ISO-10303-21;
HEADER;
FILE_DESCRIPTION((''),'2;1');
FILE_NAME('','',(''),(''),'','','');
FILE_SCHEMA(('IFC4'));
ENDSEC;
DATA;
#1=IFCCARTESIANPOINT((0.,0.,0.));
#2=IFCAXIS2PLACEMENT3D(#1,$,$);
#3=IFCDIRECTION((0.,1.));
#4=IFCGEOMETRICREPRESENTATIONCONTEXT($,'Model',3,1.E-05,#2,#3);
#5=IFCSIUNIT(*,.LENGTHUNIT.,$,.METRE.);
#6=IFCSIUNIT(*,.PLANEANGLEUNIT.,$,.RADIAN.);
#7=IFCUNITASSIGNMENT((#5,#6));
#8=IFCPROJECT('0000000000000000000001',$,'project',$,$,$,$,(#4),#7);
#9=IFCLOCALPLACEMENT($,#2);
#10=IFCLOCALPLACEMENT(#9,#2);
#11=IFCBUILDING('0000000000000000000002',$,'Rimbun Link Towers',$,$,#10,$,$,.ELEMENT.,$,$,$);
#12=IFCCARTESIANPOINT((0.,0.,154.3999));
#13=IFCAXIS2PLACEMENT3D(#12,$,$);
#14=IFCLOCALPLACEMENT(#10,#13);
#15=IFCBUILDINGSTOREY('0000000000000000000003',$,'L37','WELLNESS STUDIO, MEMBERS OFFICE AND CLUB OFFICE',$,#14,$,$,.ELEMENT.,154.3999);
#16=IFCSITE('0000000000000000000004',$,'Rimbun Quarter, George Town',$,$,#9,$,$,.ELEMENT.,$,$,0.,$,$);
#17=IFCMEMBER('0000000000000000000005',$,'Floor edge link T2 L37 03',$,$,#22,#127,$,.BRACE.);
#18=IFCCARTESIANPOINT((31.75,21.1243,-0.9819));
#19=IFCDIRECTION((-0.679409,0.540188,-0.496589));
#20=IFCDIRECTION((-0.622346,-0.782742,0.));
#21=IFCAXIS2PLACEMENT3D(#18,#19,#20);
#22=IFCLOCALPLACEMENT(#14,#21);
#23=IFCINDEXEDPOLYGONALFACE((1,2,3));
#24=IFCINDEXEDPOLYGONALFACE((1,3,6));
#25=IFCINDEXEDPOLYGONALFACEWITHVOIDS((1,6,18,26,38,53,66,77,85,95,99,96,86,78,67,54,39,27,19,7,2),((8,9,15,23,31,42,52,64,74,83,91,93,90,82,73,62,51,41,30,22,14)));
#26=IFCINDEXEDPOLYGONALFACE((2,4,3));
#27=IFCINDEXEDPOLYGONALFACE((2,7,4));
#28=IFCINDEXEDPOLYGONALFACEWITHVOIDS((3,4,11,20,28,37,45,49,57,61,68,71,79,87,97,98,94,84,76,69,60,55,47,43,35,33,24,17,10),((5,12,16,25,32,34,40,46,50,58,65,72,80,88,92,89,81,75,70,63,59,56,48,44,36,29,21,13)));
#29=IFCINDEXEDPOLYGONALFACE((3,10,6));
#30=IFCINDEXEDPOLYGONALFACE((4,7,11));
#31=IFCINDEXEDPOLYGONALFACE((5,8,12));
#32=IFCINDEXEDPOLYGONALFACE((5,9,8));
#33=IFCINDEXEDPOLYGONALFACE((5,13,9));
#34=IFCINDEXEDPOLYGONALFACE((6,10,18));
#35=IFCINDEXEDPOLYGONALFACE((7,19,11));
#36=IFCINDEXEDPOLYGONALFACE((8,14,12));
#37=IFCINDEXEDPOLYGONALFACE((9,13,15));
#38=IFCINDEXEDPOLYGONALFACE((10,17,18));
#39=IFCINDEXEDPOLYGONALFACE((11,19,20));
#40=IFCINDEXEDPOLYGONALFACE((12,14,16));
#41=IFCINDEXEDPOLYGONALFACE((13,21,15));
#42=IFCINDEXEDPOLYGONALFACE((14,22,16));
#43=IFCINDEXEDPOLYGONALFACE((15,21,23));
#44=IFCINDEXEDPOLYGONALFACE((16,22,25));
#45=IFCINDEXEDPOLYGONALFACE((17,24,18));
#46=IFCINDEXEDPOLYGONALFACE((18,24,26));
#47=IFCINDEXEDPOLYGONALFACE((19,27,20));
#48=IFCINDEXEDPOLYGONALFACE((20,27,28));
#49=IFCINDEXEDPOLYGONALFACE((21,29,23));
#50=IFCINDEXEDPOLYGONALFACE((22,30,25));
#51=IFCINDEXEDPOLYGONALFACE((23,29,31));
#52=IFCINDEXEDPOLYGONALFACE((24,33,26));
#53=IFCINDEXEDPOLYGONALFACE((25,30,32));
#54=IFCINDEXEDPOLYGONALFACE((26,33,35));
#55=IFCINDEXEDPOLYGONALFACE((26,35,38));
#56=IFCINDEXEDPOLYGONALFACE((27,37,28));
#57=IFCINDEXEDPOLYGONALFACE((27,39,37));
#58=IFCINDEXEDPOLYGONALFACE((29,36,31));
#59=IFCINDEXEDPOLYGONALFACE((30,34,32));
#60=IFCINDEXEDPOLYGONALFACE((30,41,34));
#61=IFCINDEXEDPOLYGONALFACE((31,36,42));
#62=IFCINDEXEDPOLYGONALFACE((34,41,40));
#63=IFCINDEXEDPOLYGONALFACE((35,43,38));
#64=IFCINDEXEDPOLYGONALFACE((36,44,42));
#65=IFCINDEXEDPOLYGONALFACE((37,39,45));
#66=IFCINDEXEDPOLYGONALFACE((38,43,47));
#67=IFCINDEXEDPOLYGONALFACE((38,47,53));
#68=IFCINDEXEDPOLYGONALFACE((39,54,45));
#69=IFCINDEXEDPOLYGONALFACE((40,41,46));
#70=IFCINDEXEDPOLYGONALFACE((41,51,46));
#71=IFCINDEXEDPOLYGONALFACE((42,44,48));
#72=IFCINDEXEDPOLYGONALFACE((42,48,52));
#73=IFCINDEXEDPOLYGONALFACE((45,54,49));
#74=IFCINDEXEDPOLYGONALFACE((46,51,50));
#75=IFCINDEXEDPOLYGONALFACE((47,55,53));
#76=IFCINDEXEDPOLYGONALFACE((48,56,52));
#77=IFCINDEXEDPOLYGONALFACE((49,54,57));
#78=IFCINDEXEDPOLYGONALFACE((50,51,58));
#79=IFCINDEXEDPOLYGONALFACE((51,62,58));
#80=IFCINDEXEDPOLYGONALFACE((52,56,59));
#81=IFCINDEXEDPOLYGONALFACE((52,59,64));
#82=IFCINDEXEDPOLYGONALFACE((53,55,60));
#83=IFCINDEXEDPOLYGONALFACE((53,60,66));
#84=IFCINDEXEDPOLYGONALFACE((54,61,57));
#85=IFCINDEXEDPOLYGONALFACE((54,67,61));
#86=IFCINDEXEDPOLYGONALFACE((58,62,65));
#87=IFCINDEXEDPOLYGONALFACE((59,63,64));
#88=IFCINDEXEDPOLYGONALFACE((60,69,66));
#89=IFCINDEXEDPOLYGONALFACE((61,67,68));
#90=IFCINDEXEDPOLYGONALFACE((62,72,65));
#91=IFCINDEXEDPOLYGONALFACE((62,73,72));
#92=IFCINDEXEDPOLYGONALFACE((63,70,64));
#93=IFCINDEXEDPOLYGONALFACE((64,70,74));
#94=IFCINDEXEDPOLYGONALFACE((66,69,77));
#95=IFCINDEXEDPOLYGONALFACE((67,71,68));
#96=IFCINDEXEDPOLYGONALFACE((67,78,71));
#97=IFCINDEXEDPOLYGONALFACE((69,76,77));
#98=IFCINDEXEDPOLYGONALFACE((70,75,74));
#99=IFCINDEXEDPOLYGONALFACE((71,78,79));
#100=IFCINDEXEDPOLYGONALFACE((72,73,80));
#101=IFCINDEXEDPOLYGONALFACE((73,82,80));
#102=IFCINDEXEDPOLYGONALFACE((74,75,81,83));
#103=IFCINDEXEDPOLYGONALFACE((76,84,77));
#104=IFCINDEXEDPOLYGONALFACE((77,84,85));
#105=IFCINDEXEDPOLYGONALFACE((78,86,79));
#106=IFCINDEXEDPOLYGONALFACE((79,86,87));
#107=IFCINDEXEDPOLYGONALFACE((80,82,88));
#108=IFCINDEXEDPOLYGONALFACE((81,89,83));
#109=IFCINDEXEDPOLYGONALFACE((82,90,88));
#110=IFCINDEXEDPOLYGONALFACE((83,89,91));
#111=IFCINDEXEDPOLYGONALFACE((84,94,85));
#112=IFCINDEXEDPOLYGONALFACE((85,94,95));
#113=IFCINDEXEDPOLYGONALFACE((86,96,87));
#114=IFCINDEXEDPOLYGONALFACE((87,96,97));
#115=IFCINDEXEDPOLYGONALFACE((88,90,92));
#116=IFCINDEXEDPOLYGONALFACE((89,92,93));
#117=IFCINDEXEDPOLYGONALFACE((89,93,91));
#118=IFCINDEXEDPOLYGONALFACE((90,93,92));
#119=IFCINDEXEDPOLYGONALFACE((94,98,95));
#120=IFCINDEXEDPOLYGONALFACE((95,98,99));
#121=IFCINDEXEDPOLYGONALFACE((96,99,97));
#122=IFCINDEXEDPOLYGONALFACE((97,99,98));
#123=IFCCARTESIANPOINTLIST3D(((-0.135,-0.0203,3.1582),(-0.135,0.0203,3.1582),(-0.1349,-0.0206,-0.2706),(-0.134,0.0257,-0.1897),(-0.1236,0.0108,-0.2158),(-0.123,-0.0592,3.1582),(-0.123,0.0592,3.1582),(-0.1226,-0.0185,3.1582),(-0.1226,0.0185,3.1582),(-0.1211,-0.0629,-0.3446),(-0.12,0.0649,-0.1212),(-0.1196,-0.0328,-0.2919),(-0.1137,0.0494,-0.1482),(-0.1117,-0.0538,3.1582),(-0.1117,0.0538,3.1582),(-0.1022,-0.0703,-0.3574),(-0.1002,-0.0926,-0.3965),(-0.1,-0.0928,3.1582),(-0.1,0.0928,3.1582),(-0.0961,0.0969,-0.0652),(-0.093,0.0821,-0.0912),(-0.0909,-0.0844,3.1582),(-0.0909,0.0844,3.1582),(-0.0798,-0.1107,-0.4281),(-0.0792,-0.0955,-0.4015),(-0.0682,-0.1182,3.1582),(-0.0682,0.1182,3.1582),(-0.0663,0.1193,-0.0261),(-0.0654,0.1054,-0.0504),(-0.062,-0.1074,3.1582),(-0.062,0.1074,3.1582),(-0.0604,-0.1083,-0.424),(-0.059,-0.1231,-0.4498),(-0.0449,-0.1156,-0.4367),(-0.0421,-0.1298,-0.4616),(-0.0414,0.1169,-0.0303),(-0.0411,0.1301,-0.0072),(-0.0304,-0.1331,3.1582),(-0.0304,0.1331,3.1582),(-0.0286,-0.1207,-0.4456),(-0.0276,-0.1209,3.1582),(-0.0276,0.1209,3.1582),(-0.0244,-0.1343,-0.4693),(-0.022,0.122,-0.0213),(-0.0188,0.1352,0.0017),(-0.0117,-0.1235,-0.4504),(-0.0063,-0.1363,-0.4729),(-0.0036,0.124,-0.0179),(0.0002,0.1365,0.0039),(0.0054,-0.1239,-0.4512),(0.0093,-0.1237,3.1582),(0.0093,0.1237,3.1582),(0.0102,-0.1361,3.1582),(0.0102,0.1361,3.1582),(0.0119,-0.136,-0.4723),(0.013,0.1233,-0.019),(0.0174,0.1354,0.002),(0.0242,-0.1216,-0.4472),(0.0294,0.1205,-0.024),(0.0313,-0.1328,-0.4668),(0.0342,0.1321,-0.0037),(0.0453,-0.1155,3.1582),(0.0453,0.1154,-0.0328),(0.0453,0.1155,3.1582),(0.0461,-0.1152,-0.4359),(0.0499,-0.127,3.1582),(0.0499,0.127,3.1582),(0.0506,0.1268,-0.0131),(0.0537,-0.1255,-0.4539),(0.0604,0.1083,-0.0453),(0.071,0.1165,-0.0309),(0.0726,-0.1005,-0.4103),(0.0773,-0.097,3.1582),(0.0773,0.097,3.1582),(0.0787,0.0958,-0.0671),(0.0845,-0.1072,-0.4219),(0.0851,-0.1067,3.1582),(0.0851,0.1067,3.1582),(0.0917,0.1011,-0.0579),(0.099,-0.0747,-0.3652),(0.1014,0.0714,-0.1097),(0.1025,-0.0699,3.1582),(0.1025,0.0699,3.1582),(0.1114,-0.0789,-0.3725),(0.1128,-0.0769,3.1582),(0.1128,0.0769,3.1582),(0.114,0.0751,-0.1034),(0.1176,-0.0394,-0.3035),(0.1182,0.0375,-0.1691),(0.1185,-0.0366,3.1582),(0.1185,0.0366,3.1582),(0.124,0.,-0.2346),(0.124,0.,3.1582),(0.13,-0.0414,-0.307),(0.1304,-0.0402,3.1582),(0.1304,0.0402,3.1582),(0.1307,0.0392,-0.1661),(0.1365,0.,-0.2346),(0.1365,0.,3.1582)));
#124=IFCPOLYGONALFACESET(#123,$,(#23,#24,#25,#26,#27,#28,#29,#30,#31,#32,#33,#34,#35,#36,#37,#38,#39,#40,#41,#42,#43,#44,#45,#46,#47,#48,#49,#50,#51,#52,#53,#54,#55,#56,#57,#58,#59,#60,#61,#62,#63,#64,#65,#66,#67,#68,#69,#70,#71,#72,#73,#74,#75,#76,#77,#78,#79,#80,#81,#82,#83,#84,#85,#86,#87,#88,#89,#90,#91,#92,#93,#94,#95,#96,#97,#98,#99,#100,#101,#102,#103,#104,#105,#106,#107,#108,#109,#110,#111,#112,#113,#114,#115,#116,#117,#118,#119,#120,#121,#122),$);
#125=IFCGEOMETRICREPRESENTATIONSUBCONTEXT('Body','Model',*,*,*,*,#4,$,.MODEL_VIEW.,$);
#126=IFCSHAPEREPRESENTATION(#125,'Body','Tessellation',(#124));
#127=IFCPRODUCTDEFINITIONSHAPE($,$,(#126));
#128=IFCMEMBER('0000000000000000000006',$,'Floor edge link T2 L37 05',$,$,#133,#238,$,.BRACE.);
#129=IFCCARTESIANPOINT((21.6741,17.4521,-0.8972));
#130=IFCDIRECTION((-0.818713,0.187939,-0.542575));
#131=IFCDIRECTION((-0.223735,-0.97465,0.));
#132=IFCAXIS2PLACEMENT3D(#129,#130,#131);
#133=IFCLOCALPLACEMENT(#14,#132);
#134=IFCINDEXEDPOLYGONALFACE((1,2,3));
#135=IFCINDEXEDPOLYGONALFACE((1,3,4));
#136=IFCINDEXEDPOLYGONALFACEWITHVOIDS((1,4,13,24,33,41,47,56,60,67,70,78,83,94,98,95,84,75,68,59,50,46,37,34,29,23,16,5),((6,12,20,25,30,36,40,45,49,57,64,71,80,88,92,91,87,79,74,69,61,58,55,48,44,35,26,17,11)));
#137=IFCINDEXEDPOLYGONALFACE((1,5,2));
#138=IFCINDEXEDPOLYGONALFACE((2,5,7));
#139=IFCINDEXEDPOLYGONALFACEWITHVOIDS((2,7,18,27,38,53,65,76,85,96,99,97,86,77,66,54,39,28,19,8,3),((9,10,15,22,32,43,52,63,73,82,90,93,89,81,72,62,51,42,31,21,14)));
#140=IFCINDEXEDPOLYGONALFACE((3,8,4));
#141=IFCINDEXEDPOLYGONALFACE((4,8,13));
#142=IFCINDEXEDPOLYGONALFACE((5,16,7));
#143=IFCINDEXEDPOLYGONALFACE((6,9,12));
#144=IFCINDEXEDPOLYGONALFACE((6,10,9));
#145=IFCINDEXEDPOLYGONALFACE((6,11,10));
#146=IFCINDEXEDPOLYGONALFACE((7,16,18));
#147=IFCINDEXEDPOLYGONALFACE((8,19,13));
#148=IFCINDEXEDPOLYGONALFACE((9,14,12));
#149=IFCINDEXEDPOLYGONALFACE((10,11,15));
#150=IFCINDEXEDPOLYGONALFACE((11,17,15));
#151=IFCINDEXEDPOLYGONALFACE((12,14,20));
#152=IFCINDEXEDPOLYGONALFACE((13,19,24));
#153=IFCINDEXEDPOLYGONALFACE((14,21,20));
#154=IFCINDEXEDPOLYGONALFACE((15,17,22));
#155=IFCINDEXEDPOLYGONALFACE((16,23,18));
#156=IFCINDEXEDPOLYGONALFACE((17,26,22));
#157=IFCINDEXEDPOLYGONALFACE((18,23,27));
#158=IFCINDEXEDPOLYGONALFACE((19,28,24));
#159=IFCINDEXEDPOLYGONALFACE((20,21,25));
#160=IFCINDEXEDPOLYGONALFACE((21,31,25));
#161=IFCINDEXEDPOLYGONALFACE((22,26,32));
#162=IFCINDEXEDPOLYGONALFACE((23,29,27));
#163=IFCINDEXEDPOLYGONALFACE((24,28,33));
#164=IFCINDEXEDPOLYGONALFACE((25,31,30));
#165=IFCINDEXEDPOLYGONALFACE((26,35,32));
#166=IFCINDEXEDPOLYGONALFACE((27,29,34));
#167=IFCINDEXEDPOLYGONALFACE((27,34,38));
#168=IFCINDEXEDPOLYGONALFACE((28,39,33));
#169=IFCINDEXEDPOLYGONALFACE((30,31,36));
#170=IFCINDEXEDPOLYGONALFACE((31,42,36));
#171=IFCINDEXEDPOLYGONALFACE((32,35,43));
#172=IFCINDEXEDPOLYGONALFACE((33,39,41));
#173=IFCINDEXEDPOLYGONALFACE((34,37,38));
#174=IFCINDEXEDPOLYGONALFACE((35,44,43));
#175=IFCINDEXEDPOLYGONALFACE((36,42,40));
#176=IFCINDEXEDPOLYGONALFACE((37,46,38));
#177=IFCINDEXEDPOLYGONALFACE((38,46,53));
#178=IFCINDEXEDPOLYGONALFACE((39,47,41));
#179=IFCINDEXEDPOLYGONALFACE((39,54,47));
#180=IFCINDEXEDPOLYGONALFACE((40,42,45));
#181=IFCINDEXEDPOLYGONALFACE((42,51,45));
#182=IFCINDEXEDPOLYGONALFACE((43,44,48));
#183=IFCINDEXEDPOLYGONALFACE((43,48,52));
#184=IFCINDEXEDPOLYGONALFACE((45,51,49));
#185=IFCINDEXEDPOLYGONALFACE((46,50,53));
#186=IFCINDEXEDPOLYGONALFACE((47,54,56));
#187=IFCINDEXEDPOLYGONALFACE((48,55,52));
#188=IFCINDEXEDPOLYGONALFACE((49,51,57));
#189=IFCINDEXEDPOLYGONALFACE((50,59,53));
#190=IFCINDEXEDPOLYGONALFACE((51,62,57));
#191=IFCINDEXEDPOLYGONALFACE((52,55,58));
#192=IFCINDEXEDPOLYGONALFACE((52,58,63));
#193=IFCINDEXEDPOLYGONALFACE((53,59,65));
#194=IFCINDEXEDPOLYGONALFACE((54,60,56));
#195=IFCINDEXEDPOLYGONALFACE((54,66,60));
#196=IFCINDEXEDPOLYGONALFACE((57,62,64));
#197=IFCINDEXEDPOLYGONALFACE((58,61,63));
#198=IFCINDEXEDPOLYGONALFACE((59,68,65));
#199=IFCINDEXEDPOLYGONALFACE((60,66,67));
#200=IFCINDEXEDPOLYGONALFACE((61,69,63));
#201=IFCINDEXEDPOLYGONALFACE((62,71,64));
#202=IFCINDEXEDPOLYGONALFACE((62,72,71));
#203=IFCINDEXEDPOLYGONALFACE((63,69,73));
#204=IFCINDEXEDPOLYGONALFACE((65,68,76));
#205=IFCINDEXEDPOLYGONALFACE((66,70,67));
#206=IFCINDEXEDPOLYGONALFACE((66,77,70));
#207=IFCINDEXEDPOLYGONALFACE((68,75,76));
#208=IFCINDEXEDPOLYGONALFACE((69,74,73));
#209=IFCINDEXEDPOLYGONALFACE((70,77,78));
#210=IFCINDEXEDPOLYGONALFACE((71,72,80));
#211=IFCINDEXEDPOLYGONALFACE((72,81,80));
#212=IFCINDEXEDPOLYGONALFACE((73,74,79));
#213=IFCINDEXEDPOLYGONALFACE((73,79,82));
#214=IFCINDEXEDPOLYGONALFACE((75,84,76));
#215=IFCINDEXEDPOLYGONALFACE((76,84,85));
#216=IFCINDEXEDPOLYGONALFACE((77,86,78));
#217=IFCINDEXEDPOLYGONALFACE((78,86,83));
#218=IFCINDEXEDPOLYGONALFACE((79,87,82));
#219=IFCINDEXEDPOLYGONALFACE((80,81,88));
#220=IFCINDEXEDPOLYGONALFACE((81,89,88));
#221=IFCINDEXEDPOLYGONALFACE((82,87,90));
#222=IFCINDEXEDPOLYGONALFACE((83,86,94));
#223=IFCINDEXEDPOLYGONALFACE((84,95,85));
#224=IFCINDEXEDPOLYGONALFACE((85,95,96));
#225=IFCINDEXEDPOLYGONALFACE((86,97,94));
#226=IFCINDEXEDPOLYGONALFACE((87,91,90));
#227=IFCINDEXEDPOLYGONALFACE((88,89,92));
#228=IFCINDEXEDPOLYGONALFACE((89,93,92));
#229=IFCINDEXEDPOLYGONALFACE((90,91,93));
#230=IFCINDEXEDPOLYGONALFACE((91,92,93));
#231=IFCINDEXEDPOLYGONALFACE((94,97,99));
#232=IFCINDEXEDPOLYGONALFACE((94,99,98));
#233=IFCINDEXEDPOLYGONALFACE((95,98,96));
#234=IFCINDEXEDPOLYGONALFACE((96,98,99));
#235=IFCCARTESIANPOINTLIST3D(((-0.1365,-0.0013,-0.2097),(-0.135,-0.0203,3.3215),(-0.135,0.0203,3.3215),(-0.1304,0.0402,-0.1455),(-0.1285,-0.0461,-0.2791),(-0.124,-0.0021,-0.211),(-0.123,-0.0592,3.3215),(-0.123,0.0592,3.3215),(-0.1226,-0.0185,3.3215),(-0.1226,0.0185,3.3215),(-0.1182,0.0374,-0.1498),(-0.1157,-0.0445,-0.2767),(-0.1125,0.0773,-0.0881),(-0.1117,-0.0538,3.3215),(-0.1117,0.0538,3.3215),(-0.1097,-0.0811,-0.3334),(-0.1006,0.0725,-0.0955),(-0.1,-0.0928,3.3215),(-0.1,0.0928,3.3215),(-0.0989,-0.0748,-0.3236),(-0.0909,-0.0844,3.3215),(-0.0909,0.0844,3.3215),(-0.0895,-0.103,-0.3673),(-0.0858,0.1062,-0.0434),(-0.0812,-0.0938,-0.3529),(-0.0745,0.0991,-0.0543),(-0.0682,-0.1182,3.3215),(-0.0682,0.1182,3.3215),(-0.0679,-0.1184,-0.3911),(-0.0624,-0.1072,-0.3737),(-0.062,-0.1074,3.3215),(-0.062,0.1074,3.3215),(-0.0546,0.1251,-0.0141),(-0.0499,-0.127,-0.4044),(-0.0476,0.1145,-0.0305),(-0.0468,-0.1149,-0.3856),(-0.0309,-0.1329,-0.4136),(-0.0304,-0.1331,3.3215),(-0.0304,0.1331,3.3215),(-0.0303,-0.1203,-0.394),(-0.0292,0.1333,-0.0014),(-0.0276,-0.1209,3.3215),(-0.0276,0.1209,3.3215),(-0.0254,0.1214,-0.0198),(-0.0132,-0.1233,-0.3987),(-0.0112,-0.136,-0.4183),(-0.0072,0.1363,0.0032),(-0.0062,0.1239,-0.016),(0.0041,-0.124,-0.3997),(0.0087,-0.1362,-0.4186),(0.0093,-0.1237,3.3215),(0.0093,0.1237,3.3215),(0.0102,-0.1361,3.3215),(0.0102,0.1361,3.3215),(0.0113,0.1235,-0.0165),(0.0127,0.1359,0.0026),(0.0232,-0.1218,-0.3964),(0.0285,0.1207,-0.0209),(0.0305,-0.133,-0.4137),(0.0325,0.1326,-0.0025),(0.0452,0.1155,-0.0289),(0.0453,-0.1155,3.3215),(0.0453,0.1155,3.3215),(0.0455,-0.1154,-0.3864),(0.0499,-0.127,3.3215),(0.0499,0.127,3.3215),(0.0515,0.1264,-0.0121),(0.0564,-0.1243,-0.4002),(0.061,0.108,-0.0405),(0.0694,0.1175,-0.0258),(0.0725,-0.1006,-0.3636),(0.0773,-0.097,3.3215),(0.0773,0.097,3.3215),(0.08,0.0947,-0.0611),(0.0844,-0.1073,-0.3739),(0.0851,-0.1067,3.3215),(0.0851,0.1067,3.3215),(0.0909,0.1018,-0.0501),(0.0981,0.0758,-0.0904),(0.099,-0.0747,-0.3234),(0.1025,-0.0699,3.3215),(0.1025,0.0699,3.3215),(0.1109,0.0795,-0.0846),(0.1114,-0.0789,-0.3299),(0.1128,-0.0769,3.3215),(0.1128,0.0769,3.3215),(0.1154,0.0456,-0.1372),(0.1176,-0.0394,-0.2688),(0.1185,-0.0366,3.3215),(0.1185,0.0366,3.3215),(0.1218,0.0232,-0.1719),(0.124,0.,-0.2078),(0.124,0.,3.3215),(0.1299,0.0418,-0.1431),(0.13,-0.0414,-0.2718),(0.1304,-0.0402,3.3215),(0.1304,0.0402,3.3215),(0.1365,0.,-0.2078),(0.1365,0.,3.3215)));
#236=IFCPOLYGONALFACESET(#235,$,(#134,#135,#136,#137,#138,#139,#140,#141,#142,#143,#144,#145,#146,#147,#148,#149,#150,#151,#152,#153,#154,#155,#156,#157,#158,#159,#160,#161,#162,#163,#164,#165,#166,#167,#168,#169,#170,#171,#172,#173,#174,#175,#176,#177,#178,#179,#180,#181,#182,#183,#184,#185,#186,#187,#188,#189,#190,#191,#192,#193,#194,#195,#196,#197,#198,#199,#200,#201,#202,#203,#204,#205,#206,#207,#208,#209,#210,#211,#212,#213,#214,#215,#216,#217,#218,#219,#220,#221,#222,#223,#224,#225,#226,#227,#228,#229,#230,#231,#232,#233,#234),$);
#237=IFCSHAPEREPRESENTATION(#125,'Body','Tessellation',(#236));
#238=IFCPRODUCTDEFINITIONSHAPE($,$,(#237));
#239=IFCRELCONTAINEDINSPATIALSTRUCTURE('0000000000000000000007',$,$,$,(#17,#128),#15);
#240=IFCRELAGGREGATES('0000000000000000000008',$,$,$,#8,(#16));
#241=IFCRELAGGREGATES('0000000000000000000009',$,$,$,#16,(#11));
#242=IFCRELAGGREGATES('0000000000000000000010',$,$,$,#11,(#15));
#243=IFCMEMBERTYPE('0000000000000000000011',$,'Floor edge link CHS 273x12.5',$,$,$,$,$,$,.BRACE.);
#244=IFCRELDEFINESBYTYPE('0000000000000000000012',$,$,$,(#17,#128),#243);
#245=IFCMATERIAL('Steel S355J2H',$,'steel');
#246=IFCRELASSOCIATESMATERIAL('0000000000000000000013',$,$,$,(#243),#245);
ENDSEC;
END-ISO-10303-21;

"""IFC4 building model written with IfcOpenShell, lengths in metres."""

from ifc_helpers import new_model, si_unit, direction, frame, origin, origin_2d, place, context, subcontext, project, spatial, hollow_circle, extrude, clip, halfspace, material, material_profile, profile_set, type_object, element, save


model = new_model("IFC4")

# Units and contexts
model_context = context("Model", 3, precision=1e-05, world=origin(), true_north=direction((0.0, 1.0)))
body_context = subcontext(model_context, "Body", "Model", "MODEL_VIEW")
ifc_project = project(units=[si_unit("LENGTHUNIT", "METRE"), si_unit("PLANEANGLEUNIT", "RADIAN")], contexts=[model_context])

# Site, building, storey
site_placement = place(None, origin())
site = spatial("IfcSite", under=ifc_project, at=site_placement, Name="Rimbun Quarter, George Town", CompositionType="ELEMENT", RefElevation=0.0)
building_placement = place(site_placement, origin())
building = spatial("IfcBuilding", under=site, at=building_placement, Name="Rimbun Link Towers", CompositionType="ELEMENT")
storey_placement = place(building_placement, frame((0.0, 0.0, 154.3999)))
storey = spatial("IfcBuildingStorey", under=building, at=storey_placement, Name="L37", Description="WELLNESS STUDIO, MEMBERS OFFICE AND CLUB OFFICE", CompositionType="ELEMENT", Elevation=154.3999)

# Members
ifc_material_1 = material(Name="Steel S355J2H", Category="steel")
ifc_material_profile_1 = material_profile(ifc_material_1, hollow_circle(Radius=0.1365, WallThickness=0.0125, at=origin_2d()), Name="CHS 273x12.5")
ifc_profile_set_1 = profile_set([ifc_material_profile_1], Name="Steel S355J2H")
member_type_1 = type_object("IfcMemberType", Name="Floor edge link CHS 273x12.5", PredefinedType="BRACE", material=ifc_profile_set_1)
member_1_placement = place(storey_placement, frame((31.75, 21.1243, -0.9819), z_axis=(-0.679409, 0.540188, -0.496589), x_axis=(-0.622346, -0.782742, 0.0)))
element("IfcMember", 1, at=member_1_placement, inside=storey, type_object=member_type_1, Name="Floor edge link T2 L37 03", PredefinedType="BRACE", context=body_context, shape_type="Clipping", body=[
    clip(extrude(hollow_circle(Radius=0.1365, WallThickness=0.0125, at=origin_2d()), frame((0.0, 0.0, -0.4973)), (0.0, 0.0, 1.0), 3.6555), halfspace(frame((0.0, 0.0, -0.2346), z_axis=(0.0, 0.867986, -0.496589)), False)),
])
member_2_placement = place(storey_placement, frame((21.6741, 17.4521, -0.8972), z_axis=(-0.818713, 0.187939, -0.542575), x_axis=(-0.223735, -0.97465, 0.0)))
element("IfcMember", 2, at=member_2_placement, inside=storey, type_object=member_type_1, Name="Floor edge link T2 L37 05", PredefinedType="BRACE", context=body_context, shape_type="Clipping", body=[
    clip(extrude(hollow_circle(Radius=0.1365, WallThickness=0.0125, at=origin_2d()), frame((0.0, 0.0, -0.4412)), (0.0, 0.0, 1.0), 3.7627), halfspace(frame((0.0, 0.0, -0.2078), z_axis=(0.0, 0.840007, -0.542575)), False)),
])

save(model, "model.ifc")
